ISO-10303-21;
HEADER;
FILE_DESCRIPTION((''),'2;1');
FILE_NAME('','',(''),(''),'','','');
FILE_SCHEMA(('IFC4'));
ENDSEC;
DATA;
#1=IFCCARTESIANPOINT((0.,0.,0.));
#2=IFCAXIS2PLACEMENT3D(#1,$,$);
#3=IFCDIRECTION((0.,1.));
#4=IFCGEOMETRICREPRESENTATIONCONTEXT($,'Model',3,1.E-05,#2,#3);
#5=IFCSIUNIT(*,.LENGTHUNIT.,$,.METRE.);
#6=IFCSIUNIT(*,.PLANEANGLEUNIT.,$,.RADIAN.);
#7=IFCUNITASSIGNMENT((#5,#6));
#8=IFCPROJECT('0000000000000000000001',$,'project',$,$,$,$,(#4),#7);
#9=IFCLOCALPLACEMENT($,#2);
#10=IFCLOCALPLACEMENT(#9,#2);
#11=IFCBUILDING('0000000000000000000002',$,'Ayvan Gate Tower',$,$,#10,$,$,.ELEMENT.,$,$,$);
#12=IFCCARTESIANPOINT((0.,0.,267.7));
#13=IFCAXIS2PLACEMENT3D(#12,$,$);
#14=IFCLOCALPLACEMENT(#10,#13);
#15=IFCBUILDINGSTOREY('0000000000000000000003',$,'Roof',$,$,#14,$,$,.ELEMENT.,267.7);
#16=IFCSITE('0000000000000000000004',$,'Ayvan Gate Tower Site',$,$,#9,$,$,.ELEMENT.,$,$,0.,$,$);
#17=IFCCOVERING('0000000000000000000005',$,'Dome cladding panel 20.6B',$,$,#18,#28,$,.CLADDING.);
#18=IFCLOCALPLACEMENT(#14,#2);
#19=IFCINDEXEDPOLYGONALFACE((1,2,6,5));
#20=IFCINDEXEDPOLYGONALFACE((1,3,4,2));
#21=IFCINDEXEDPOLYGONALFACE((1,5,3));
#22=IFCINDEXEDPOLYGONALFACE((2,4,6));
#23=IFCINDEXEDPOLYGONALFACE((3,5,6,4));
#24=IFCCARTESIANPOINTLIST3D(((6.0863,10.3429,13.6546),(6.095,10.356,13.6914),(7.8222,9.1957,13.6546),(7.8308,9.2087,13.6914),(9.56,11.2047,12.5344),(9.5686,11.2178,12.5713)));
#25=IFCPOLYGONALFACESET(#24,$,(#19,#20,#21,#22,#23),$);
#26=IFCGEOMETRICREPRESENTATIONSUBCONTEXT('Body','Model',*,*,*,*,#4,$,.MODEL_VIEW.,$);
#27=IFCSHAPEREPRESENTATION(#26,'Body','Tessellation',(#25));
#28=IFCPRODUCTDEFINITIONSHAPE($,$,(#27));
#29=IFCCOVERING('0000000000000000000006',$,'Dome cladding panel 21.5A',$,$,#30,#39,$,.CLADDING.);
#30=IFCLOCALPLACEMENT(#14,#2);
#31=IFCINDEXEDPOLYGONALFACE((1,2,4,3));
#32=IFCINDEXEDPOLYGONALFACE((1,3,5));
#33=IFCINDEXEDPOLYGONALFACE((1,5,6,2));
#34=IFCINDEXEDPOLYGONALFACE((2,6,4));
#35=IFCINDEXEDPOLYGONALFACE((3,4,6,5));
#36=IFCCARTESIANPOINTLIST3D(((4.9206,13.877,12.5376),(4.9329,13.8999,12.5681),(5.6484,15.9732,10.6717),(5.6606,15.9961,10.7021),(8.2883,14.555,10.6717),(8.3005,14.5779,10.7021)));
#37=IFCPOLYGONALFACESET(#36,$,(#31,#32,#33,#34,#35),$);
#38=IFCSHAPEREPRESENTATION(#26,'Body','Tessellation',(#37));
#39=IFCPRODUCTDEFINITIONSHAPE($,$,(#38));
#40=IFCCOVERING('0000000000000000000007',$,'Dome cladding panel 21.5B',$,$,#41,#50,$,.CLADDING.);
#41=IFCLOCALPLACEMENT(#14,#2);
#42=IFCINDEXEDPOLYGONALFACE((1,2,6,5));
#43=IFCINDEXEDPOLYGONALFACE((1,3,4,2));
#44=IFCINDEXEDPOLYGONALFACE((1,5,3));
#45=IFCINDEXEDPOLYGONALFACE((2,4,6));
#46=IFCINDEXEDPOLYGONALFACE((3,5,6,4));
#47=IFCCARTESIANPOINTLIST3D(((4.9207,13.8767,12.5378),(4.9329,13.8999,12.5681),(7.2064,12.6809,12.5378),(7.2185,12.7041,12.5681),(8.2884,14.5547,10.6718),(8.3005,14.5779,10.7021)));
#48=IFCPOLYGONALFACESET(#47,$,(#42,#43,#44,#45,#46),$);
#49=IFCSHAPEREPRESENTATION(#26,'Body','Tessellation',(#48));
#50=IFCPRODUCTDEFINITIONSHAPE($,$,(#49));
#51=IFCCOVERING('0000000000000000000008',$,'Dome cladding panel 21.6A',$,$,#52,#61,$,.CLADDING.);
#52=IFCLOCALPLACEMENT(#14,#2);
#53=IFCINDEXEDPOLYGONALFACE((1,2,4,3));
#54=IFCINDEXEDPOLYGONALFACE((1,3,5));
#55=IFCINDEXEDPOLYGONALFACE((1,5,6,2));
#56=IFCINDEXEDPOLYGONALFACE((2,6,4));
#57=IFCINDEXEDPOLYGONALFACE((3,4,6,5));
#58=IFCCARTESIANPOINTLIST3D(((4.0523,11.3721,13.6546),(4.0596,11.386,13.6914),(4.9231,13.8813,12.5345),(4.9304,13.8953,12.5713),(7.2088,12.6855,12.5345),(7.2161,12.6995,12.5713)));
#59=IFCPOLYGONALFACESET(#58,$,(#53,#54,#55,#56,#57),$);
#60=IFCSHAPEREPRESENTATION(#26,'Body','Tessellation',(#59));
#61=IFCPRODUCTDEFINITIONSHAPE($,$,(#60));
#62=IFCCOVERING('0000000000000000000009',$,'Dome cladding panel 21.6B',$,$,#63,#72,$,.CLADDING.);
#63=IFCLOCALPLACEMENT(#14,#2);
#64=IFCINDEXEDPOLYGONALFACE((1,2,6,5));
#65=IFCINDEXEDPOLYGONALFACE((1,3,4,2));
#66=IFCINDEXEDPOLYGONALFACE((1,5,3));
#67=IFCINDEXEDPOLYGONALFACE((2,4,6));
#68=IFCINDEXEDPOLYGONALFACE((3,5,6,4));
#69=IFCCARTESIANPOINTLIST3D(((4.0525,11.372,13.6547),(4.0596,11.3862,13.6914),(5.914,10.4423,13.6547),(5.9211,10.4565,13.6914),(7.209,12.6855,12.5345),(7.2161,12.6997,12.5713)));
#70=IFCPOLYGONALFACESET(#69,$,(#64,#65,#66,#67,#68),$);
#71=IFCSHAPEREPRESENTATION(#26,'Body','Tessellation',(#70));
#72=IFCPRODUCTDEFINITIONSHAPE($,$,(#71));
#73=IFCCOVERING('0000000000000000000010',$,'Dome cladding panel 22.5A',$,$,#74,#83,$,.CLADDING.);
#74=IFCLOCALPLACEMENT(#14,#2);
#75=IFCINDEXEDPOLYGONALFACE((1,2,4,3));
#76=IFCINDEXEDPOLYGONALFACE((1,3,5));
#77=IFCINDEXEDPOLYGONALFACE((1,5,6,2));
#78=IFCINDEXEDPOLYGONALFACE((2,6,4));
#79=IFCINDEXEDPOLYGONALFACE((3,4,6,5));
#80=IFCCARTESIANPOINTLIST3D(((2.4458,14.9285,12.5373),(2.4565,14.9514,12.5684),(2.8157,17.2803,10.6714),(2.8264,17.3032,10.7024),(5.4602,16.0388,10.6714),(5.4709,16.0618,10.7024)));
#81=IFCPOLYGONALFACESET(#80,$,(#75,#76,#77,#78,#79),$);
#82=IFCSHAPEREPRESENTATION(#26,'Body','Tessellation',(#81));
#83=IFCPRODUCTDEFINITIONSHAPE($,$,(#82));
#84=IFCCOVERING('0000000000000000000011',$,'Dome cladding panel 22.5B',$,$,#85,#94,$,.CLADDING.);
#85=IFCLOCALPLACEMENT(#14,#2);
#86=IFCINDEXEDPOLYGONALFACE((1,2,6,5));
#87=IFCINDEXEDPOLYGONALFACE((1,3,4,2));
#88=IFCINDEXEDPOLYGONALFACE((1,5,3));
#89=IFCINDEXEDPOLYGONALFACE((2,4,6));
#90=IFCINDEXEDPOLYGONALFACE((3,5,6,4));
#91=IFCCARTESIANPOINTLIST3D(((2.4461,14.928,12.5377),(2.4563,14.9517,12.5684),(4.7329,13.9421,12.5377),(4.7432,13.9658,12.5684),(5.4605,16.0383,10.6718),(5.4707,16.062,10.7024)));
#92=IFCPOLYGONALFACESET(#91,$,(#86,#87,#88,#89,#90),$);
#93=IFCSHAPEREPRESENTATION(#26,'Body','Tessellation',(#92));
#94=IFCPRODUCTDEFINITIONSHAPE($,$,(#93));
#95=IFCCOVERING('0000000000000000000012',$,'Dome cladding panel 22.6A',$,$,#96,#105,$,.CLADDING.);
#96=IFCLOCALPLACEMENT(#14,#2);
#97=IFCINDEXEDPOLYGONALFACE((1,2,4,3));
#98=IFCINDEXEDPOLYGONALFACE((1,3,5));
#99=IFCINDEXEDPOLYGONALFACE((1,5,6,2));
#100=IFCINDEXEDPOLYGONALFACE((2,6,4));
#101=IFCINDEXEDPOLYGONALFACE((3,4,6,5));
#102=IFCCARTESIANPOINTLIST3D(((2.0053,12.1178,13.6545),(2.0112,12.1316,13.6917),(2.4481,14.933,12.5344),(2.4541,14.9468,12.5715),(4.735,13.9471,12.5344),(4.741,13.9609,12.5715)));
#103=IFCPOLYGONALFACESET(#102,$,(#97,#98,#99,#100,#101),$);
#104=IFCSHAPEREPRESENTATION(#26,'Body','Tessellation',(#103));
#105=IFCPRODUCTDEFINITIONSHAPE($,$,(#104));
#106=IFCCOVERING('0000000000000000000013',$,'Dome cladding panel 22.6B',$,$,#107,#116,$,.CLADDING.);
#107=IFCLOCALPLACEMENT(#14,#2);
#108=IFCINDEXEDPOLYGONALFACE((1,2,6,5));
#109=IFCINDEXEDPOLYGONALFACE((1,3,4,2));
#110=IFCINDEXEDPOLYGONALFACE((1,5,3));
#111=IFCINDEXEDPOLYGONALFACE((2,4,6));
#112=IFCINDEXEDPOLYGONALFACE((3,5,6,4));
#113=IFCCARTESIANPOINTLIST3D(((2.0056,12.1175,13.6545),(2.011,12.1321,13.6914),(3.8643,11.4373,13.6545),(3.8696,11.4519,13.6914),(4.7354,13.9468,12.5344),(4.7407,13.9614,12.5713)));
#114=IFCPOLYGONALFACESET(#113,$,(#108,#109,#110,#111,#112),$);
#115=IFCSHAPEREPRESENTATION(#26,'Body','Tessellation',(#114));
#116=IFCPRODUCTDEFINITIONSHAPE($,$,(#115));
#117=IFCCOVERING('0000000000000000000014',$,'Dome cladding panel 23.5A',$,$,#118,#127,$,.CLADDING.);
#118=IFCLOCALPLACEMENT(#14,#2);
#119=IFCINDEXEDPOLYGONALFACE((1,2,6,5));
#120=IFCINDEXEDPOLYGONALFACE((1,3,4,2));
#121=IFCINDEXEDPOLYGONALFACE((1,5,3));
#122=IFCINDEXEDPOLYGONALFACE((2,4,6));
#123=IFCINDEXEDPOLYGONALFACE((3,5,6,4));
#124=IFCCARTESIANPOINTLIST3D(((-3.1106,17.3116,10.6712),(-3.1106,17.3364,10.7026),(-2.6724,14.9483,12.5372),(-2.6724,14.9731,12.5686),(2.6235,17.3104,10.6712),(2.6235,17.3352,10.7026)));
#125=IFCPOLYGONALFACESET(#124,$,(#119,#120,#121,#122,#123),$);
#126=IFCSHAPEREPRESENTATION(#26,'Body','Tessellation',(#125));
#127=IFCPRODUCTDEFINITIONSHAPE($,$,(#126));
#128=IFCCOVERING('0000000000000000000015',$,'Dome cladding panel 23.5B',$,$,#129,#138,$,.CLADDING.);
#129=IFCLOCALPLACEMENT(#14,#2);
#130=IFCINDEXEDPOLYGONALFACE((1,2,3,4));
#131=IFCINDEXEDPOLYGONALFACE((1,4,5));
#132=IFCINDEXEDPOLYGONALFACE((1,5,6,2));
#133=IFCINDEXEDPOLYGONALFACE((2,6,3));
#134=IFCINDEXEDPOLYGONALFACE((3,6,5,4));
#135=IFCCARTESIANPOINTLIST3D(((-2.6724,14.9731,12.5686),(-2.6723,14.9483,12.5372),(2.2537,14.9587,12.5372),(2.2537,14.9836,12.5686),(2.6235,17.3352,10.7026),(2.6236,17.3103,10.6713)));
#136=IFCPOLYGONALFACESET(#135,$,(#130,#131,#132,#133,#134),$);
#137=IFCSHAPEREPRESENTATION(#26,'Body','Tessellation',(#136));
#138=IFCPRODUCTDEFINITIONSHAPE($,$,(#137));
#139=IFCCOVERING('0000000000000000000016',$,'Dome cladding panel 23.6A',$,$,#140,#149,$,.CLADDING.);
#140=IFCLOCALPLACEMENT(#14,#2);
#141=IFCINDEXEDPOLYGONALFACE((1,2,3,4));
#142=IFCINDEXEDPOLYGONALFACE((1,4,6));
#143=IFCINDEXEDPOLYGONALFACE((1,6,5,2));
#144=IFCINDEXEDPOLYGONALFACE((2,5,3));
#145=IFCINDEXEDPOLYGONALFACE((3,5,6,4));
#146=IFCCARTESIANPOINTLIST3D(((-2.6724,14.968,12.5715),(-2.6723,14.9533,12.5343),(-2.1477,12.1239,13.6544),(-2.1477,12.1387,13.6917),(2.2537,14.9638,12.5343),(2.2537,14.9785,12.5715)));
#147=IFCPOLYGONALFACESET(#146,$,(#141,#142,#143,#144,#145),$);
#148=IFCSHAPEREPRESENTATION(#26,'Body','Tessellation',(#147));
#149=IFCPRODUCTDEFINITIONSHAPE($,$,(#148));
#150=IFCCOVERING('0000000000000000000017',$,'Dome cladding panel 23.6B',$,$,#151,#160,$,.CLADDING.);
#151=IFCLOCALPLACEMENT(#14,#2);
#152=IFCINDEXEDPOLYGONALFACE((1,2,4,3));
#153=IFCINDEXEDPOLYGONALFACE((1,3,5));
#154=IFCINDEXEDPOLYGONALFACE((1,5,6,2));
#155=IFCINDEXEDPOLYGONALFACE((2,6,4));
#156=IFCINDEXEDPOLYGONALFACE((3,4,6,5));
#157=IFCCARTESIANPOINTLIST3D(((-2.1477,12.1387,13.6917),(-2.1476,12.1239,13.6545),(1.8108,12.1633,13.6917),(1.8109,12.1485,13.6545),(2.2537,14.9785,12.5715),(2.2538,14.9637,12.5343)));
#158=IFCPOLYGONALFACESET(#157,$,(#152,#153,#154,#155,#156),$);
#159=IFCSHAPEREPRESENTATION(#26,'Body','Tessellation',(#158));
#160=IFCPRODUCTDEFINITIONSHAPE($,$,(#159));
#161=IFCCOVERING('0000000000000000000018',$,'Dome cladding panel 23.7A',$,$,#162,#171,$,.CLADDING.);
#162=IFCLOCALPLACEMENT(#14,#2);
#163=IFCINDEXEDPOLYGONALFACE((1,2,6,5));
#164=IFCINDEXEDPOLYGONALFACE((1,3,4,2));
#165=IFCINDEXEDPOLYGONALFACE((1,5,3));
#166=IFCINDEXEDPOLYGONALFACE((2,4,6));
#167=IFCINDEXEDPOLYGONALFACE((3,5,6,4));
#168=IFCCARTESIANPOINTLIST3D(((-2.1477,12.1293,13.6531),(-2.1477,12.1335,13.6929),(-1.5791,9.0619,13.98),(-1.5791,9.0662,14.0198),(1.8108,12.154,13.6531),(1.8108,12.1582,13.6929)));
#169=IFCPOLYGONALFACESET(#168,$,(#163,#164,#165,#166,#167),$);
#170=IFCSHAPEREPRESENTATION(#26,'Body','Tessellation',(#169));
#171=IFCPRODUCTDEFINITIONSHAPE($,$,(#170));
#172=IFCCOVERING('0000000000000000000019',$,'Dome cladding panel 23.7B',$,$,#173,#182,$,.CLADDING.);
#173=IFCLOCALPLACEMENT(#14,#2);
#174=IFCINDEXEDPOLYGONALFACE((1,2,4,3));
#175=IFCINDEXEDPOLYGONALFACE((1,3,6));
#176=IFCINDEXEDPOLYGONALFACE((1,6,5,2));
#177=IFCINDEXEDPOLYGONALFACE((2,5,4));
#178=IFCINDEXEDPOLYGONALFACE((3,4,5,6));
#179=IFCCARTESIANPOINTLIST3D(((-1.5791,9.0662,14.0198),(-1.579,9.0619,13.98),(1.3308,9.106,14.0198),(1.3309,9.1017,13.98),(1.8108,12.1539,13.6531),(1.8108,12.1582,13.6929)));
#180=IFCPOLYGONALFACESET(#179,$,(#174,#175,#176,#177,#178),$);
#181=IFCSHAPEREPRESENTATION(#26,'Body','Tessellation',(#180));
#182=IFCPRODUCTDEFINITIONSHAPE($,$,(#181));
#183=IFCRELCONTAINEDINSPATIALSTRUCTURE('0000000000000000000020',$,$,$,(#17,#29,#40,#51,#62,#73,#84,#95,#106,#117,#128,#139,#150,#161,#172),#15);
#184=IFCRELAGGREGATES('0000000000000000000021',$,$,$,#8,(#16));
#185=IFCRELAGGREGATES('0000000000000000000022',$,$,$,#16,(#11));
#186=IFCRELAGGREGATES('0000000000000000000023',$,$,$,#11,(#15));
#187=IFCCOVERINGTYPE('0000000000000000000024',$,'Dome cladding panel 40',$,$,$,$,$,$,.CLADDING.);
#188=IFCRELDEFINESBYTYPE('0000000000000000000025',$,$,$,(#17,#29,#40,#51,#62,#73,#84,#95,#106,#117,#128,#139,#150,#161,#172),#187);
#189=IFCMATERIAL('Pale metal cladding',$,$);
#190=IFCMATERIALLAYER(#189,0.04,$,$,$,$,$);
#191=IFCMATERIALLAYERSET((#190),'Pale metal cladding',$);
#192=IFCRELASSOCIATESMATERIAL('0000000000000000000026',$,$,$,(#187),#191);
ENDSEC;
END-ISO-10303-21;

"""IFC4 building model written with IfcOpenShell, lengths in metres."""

from ifc_helpers import new_model, si_unit, direction, frame, origin, place, context, subcontext, project, spatial, polyline, outline, extrude, material, layer, layer_set, type_object, element, save


model = new_model("IFC4")

# Units and contexts
model_context = context("Model", 3, precision=1e-05, world=origin(), true_north=direction((0.0, 1.0)))
body_context = subcontext(model_context, "Body", "Model", "MODEL_VIEW")
ifc_project = project(units=[si_unit("LENGTHUNIT", "METRE"), si_unit("PLANEANGLEUNIT", "RADIAN")], contexts=[model_context])

# Site, building, storey
site_placement = place(None, origin())
site = spatial("IfcSite", under=ifc_project, at=site_placement, Name="Ayvan Gate Tower Site", CompositionType="ELEMENT", RefElevation=0.0)
building_placement = place(site_placement, origin())
building = spatial("IfcBuilding", under=site, at=building_placement, Name="Ayvan Gate Tower", CompositionType="ELEMENT")
storey_placement = place(building_placement, frame((0.0, 0.0, 267.7)))
storey = spatial("IfcBuildingStorey", under=building, at=storey_placement, Name="Roof", CompositionType="ELEMENT", Elevation=267.7)

# Coverings
ifc_material_1 = material(Name="Pale metal cladding")
ifc_layer_1 = layer(ifc_material_1, 0.04)
ifc_layer_set_1 = layer_set([ifc_layer_1], Name="Pale metal cladding")
covering_type = type_object("IfcCoveringType", Name="Dome cladding panel 40", PredefinedType="CLADDING", material=ifc_layer_set_1)
covering_1_placement = place(storey_placement, frame((9.5686, 11.2178, 12.5713), z_axis=(0.215755, 0.326456, 0.920259), x_axis=(-0.926269, -0.229809, 0.298687)))
element("IfcCovering", 1, at=covering_1_placement, inside=storey, type_object=covering_type, Name="Dome cladding panel 20.6B", PredefinedType="CLADDING", context=body_context, shape_type="SweptSolid", body=[
    extrude(outline(polyline([(0.0, 0.0), (3.7501, 0.0), (2.4059, 1.5882), (0.0, 0.0)])), origin(), (0.0, 0.0, -1.0), 0.04),
])
covering_2_placement = place(storey_placement, frame((8.3005, 14.5779, 10.7021), z_axis=(0.306846, 0.57117, 0.761321), x_axis=(-0.880926, 0.473254, 0.0)))
element("IfcCovering", 2, at=covering_2_placement, inside=storey, type_object=covering_type, Name="Dome cladding panel 21.5A", PredefinedType="CLADDING", context=body_context, shape_type="SweptSolid", body=[
    extrude(outline(polyline([(0.0, 0.0), (2.9967, 0.0), (2.6458, 2.8779), (0.0, 0.0)])), origin(), (0.0, 0.0, -1.0), 0.04),
])
covering_3_placement = place(storey_placement, frame((8.3005, 14.5779, 10.7021), z_axis=(0.302894, 0.57895, 0.757015), x_axis=(-0.86145, -0.173427, 0.477313)))
element("IfcCovering", 3, at=covering_3_placement, inside=storey, type_object=covering_type, Name="Dome cladding panel 21.5B", PredefinedType="CLADDING", context=body_context, shape_type="SweptSolid", body=[
    extrude(outline(polyline([(0.0, 0.0), (3.9093, 0.0), (2.1477, 1.8844), (0.0, 0.0)])), origin(), (0.0, 0.0, -1.0), 0.04),
])
covering_4_placement = place(storey_placement, frame((7.2161, 12.6995, 12.5713), z_axis=(0.181817, 0.347523, 0.919875), x_axis=(-0.886061, 0.463568, 0.0)))
element("IfcCovering", 4, at=covering_4_placement, inside=storey, type_object=covering_type, Name="Dome cladding panel 21.6A", PredefinedType="CLADDING", context=body_context, shape_type="SweptSolid", body=[
    extrude(outline(polyline([(0.0, 0.0), (2.5796, 0.0), (2.188, 2.8559), (0.0, 0.0)])), origin(), (0.0, 0.0, -1.0), 0.04),
])
covering_5_placement = place(storey_placement, frame((7.2161, 12.6997, 12.5713), z_axis=(0.177619, 0.355658, 0.917583), x_axis=(-0.877368, -0.365089, 0.311344)))
element("IfcCovering", 5, at=covering_5_placement, inside=storey, type_object=covering_type, Name="Dome cladding panel 21.6B", PredefinedType="CLADDING", context=body_context, shape_type="SweptSolid", body=[
    extrude(outline(polyline([(0.0, 0.0), (3.5977, 0.0), (2.3038, 1.6296), (0.0, 0.0)])), origin(), (0.0, 0.0, -1.0), 0.04),
])
covering_6_placement = place(storey_placement, frame((5.4709, 16.0618, 10.7024), z_axis=(0.268708, 0.572399, 0.774697), x_axis=(-0.905218, 0.424948, 0.0)))
element("IfcCovering", 6, at=covering_6_placement, inside=storey, type_object=covering_type, Name="Dome cladding panel 22.5A", PredefinedType="CLADDING", context=body_context, shape_type="SweptSolid", body=[
    extrude(outline(polyline([(0.0, 0.0), (2.9214, 0.0), (2.2569, 2.9509), (0.0, 0.0)])), origin(), (0.0, 0.0, -1.0), 0.04),
])
covering_7_placement = place(storey_placement, frame((5.4707, 16.062, 10.7024), z_axis=(0.255188, 0.591964, 0.764498), x_axis=(-0.811411, -0.298882, 0.502277)))
element("IfcCovering", 7, at=covering_7_placement, inside=storey, type_object=covering_type, Name="Dome cladding panel 22.5B", PredefinedType="CLADDING", context=body_context, shape_type="SweptSolid", body=[
    extrude(outline(polyline([(0.0, 0.0), (3.715, 0.0), (2.1541, 1.9404), (0.0, 0.0)])), origin(), (0.0, 0.0, -1.0), 0.04),
])
covering_8_placement = place(storey_placement, frame((4.741, 13.9609, 12.5715), z_axis=(0.148843, 0.345274, 0.926624), x_axis=(-0.918306, 0.395871, 0.0)))
element("IfcCovering", 8, at=covering_8_placement, inside=storey, type_object=covering_type, Name="Dome cladding panel 22.6A", PredefinedType="CLADDING", context=body_context, shape_type="SweptSolid", body=[
    extrude(outline(polyline([(0.0, 0.0), (2.4903, 0.0), (1.7825, 2.9791), (0.0, 0.0)])), origin(), (0.0, 0.0, -1.0), 0.04),
])
covering_9_placement = place(storey_placement, frame((4.7407, 13.9614, 12.5713), z_axis=(0.133542, 0.364916, 0.921414), x_axis=(-0.786285, -0.526932, 0.322643)))
element("IfcCovering", 9, at=covering_9_placement, inside=storey, type_object=covering_type, Name="Dome cladding panel 22.6B", PredefinedType="CLADDING", context=body_context, shape_type="SweptSolid", body=[
    extrude(outline(polyline([(0.0, 0.0), (3.4717, 0.0), (2.3687, 1.6433), (0.0, 0.0)])), origin(), (0.0, 0.0, -1.0), 0.04),
])
covering_10_placement = place(storey_placement, frame((2.6235, 17.3352, 10.7026), z_axis=(0.000132, 0.619704, 0.784836), x_axis=(-1.0, 0.000213, 0.0)))
element("IfcCovering", 10, at=covering_10_placement, inside=storey, type_object=covering_type, Name="Dome cladding panel 23.5A", PredefinedType="CLADDING", context=body_context, shape_type="SweptSolid", body=[
    extrude(outline(polyline([(0.0, 0.0), (5.7341, 0.0), (5.2954, 3.0111), (0.0, 0.0)])), origin(), (0.0, 0.0, -1.0), 0.04),
])
covering_11_placement = place(storey_placement, frame((2.6235, 17.3352, 10.7026), z_axis=(-0.001325, 0.621713, 0.783244), x_axis=(-0.869376, -0.387756, 0.306318)))
element("IfcCovering", 11, at=covering_11_placement, inside=storey, type_object=covering_type, Name="Dome cladding panel 23.5B", PredefinedType="CLADDING", context=body_context, shape_type="SweptSolid", body=[
    extrude(outline(polyline([(0.0, 0.0), (6.0916, 0.0), (1.805, 2.427), (0.0, 0.0)])), origin(), (0.0, 0.0, -1.0), 0.04),
])
covering_12_placement = place(storey_placement, frame((2.2537, 14.9785, 12.5715), z_axis=(-0.000784, 0.36797, 0.929837), x_axis=(-0.999998, -0.002131, 0.0)))
element("IfcCovering", 12, at=covering_12_placement, inside=storey, type_object=covering_type, Name="Dome cladding panel 23.6A", PredefinedType="CLADDING", context=body_context, shape_type="SweptSolid", body=[
    extrude(outline(polyline([(0.0, 0.0), (4.926, 0.0), (4.4074, 3.044), (0.0, 0.0)])), origin(), (0.0, 0.0, -1.0), 0.04),
])
covering_13_placement = place(storey_placement, frame((2.2537, 14.9785, 12.5715), z_axis=(-0.002305, 0.370007, 0.929026), x_axis=(-0.821697, -0.530174, 0.209116)))
element("IfcCovering", 13, at=covering_13_placement, inside=storey, type_object=covering_type, Name="Dome cladding panel 23.6B", PredefinedType="CLADDING", context=body_context, shape_type="SweptSolid", body=[
    extrude(outline(polyline([(0.0, 0.0), (5.3564, 0.0), (2.0907, 2.2372), (0.0, 0.0)])), origin(), (0.0, 0.0, -1.0), 0.04),
])
covering_14_placement = place(storey_placement, frame((1.8108, 12.1582, 13.6929), z_axis=(-0.000659, 0.105853, 0.994382), x_axis=(-0.999981, -0.006229, 0.0)))
element("IfcCovering", 14, at=covering_14_placement, inside=storey, type_object=covering_type, Name="Dome cladding panel 23.7A", PredefinedType="CLADDING", context=body_context, shape_type="SweptSolid", body=[
    extrude(outline(polyline([(0.0, 0.0), (3.9586, 0.0), (3.4091, 3.0882), (0.0, 0.0)])), origin(), (0.0, 0.0, -1.0), 0.04),
])
covering_15_placement = place(storey_placement, frame((1.8108, 12.1582, 13.6929), z_axis=(-0.001459, 0.106721, 0.994288), x_axis=(-0.736951, -0.672199, 0.071068)))
element("IfcCovering", 15, at=covering_15_placement, inside=storey, type_object=covering_type, Name="Dome cladding panel 23.7B", PredefinedType="CLADDING", context=body_context, shape_type="SweptSolid", body=[
    extrude(outline(polyline([(0.0, 0.0), (4.5999, 0.0), (2.4287, 1.9378), (0.0, 0.0)])), origin(), (0.0, 0.0, -1.0), 0.04),
])

save(model, "model.ifc")
